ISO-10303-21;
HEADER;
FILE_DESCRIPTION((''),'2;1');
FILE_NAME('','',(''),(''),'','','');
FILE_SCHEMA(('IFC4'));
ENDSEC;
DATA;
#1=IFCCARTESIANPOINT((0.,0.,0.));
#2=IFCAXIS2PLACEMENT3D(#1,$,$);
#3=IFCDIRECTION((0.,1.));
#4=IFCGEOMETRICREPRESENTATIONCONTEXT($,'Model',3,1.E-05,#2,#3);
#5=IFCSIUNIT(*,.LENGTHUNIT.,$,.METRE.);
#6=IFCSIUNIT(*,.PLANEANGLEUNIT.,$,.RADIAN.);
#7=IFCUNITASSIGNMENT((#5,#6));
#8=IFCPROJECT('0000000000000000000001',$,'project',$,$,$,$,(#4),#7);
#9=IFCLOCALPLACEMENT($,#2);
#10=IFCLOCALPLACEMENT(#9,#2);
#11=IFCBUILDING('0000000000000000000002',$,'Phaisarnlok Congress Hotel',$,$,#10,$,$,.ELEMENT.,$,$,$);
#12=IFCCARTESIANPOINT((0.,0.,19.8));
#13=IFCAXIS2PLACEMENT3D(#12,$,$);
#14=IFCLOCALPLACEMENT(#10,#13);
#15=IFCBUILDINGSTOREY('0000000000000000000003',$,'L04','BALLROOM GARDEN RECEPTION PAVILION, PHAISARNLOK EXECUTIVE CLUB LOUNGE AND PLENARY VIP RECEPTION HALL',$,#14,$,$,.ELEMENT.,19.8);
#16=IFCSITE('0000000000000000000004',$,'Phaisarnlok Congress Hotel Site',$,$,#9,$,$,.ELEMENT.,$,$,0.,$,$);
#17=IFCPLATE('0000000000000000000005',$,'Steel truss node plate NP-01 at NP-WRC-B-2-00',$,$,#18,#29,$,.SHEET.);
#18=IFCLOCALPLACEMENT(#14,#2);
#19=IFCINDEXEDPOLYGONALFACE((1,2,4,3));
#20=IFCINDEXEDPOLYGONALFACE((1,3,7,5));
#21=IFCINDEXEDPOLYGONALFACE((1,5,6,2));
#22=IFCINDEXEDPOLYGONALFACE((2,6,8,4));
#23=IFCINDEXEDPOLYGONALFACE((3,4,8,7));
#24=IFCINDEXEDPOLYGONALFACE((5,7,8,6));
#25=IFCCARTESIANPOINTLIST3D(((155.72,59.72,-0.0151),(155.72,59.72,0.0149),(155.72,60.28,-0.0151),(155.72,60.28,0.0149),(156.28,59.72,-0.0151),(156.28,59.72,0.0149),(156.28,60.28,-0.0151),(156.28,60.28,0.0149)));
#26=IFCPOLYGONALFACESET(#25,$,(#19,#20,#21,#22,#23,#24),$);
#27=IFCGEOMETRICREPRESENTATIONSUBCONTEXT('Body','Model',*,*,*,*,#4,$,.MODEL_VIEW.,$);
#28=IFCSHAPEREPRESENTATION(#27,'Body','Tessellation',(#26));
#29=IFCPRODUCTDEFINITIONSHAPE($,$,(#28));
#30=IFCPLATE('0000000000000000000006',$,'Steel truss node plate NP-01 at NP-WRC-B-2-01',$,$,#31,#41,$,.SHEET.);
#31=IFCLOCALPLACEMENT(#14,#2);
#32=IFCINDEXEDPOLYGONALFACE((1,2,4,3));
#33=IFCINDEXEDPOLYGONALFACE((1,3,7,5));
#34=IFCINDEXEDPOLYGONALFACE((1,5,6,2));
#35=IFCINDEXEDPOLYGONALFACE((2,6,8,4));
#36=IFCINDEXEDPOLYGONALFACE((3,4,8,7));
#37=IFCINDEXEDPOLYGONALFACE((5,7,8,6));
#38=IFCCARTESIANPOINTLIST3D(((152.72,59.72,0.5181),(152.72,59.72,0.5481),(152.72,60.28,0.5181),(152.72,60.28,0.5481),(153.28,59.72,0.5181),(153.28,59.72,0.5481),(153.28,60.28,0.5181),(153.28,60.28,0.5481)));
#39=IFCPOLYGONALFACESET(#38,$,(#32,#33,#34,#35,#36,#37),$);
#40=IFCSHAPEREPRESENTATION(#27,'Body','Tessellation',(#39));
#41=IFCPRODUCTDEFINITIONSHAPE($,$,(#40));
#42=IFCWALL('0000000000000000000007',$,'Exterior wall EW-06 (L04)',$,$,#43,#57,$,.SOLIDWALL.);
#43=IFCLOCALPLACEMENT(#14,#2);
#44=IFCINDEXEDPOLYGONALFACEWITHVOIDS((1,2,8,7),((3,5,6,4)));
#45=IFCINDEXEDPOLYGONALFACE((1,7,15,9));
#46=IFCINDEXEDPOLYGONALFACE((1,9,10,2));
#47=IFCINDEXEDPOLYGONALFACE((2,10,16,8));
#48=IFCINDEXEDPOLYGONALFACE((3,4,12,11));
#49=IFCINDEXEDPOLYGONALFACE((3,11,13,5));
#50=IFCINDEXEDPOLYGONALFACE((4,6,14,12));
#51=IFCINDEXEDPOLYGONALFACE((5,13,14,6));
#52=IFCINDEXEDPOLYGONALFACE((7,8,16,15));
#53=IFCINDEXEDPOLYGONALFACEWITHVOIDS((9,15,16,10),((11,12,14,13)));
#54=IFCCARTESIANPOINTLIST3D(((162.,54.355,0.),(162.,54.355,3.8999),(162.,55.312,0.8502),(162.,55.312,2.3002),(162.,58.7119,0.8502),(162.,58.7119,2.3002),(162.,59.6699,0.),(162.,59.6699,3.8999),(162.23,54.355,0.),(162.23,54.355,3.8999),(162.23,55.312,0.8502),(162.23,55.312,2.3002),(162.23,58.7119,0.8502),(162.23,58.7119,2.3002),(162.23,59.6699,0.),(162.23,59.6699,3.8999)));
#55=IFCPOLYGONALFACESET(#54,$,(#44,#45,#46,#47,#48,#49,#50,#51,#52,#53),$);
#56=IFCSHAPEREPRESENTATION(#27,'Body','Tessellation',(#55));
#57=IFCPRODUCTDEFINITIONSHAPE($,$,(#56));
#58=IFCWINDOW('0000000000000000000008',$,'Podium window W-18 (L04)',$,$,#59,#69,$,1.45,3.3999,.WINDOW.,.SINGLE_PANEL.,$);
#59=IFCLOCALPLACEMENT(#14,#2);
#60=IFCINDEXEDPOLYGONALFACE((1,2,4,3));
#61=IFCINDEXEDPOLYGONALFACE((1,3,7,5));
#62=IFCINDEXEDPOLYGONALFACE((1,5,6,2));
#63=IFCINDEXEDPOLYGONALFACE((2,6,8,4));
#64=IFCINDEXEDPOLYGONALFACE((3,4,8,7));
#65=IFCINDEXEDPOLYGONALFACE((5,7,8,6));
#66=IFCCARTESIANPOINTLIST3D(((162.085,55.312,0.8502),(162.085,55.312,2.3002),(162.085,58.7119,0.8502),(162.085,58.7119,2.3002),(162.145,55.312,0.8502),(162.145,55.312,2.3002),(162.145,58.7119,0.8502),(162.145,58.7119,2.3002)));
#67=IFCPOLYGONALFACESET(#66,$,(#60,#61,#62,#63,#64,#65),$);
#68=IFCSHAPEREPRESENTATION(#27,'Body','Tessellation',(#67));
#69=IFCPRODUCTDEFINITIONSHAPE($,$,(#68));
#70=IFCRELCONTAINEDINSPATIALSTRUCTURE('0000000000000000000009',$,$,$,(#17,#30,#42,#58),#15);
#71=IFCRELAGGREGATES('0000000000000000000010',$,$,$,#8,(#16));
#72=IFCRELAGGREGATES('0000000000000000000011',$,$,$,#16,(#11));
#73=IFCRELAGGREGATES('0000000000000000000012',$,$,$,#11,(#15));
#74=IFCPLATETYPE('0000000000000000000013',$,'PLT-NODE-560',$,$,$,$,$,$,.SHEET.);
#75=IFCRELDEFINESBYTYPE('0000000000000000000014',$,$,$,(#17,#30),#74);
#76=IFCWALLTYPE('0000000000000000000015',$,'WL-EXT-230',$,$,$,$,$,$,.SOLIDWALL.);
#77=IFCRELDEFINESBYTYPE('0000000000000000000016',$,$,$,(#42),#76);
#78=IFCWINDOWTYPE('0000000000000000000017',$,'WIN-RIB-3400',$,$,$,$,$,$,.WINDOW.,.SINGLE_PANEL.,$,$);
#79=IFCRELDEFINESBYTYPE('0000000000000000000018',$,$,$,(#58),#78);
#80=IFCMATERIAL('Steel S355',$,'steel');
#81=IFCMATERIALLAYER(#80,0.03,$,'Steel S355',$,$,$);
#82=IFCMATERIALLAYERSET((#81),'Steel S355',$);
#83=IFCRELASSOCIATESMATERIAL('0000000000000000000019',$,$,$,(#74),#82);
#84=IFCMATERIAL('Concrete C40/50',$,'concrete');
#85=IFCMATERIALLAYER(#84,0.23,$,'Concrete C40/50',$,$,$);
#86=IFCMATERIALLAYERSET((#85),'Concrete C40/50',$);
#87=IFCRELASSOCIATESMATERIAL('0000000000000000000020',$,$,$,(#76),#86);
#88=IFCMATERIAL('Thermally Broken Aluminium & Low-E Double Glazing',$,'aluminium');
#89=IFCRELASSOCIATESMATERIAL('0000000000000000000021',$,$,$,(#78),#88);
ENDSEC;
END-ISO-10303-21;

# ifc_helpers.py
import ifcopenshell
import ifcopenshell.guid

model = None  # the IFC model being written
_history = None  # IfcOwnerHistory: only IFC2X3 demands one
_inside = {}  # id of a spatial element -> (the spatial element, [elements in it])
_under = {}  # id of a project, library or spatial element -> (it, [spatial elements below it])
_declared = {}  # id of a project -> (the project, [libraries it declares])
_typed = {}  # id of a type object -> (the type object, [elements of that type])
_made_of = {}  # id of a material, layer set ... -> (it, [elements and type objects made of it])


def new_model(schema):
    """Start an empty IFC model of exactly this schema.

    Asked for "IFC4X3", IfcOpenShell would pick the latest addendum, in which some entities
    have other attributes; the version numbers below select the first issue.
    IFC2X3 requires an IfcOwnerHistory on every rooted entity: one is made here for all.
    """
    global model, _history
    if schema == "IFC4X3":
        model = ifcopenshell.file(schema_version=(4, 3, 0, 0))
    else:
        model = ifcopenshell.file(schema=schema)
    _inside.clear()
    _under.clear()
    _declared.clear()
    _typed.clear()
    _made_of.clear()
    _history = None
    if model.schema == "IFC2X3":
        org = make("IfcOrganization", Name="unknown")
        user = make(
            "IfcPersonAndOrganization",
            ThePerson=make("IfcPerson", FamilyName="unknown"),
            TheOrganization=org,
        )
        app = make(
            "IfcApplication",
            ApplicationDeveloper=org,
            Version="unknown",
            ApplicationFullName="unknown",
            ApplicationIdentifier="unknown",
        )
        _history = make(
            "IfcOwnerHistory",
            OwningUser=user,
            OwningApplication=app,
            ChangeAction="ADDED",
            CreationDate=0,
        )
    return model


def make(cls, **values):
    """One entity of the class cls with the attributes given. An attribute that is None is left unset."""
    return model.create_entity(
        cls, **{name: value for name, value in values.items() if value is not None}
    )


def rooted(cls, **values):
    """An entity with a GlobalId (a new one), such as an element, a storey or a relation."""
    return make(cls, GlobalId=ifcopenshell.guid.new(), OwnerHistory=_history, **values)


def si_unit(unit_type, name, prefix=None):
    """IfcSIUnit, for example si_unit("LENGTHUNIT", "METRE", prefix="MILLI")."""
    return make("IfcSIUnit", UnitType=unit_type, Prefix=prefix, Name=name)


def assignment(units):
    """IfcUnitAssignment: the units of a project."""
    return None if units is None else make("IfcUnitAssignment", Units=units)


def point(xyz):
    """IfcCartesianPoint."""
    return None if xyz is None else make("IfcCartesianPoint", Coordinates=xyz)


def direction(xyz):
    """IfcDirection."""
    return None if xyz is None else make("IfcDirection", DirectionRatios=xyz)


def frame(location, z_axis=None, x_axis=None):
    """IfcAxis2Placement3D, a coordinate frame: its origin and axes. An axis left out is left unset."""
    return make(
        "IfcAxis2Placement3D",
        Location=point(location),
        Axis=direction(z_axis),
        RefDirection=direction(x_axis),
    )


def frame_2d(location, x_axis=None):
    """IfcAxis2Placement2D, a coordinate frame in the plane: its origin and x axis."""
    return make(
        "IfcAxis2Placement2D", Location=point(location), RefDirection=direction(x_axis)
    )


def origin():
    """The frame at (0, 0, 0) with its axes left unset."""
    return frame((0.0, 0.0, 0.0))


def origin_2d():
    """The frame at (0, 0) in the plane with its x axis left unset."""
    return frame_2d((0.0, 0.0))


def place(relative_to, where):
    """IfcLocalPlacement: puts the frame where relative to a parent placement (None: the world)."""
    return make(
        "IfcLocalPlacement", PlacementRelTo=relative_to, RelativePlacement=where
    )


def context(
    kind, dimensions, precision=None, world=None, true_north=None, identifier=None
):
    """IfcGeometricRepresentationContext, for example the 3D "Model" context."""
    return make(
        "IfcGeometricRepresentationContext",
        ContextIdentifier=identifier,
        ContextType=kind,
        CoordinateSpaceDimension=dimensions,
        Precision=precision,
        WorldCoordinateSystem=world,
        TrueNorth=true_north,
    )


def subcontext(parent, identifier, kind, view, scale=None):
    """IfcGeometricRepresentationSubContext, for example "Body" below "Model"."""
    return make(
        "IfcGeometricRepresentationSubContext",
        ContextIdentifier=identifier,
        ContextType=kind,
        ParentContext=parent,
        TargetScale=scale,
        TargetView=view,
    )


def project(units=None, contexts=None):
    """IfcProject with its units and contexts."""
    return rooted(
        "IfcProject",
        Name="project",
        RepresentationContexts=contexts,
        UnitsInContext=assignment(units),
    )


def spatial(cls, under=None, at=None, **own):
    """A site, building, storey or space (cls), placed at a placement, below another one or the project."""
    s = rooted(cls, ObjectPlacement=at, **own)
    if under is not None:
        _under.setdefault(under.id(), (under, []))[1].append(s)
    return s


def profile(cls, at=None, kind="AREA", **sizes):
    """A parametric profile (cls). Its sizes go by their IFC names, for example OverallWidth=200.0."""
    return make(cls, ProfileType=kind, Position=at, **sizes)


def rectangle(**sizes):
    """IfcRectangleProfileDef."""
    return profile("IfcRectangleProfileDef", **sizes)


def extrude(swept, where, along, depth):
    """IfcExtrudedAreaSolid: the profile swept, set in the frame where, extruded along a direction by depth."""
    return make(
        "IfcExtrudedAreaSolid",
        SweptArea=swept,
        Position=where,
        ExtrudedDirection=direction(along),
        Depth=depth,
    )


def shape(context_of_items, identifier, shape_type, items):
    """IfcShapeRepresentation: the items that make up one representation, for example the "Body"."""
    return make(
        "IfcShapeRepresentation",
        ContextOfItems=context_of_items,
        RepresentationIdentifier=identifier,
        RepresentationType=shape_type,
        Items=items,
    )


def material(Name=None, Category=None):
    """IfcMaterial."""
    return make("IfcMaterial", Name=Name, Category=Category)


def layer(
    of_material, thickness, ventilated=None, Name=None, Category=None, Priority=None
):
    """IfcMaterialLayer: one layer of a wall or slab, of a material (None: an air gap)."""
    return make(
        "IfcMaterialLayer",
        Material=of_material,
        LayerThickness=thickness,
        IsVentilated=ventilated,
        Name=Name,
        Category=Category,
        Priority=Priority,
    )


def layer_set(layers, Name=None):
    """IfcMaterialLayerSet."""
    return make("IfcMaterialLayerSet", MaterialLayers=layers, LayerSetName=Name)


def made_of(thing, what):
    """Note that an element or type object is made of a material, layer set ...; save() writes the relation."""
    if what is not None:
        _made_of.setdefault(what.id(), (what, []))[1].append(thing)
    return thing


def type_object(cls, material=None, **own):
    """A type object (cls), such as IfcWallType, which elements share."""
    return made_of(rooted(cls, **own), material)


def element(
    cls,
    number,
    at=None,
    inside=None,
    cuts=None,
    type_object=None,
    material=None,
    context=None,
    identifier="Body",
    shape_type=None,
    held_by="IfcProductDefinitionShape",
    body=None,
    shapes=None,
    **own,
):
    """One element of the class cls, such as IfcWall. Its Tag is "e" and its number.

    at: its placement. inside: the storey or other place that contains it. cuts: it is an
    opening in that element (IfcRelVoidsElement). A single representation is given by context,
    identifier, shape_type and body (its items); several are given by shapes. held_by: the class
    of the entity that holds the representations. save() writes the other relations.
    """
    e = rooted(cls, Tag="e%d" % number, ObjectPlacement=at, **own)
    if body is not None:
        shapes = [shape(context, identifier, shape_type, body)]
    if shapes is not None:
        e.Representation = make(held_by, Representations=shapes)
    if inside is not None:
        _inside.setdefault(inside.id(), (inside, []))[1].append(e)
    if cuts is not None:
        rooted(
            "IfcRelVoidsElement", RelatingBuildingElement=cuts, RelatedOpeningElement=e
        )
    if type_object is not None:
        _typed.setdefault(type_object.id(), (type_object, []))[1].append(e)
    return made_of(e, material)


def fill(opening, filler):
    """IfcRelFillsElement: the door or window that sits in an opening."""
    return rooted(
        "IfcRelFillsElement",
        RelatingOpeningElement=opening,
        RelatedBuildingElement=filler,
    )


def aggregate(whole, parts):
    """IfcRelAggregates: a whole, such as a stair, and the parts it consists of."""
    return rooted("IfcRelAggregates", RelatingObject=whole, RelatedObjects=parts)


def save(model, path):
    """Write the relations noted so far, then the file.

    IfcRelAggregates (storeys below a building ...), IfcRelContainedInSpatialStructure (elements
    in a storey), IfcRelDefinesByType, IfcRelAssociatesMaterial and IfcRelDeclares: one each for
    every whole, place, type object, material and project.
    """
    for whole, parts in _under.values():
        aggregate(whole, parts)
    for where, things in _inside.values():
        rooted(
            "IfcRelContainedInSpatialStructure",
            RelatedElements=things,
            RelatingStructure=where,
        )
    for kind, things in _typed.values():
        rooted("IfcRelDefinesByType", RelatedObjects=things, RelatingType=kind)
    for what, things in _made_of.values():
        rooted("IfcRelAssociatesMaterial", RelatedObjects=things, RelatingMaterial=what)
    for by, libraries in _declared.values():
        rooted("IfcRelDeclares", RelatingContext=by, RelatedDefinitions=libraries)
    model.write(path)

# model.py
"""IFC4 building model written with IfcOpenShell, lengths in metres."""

from ifc_helpers import new_model, si_unit, direction, frame, frame_2d, origin, origin_2d, place, context, subcontext, project, spatial, rectangle, extrude, material, layer, layer_set, type_object, element, fill, save


model = new_model("IFC4")

# Units and contexts
model_context = context("Model", 3, precision=1e-05, world=origin(), true_north=direction((0.0, 1.0)))
body_context = subcontext(model_context, "Body", "Model", "MODEL_VIEW")
ifc_project = project(units=[si_unit("LENGTHUNIT", "METRE"), si_unit("PLANEANGLEUNIT", "RADIAN")], contexts=[model_context])

# Site, building, storey
site_placement = place(None, origin())
site = spatial("IfcSite", under=ifc_project, at=site_placement, Name="Phaisarnlok Congress Hotel Site", CompositionType="ELEMENT", RefElevation=0.0)
building_placement = place(site_placement, origin())
building = spatial("IfcBuilding", under=site, at=building_placement, Name="Phaisarnlok Congress Hotel", CompositionType="ELEMENT")
storey_placement = place(building_placement, frame((0.0, 0.0, 19.8)))
storey = spatial("IfcBuildingStorey", under=building, at=storey_placement, Name="L04", Description="BALLROOM GARDEN RECEPTION PAVILION, PHAISARNLOK EXECUTIVE CLUB LOUNGE AND PLENARY VIP RECEPTION HALL", CompositionType="ELEMENT", Elevation=19.8)

# Shared definitions
ifc_material_1 = material(Name="Concrete C40/50", Category="concrete")

# Shared definitions
ifc_material_2 = material(Name="Steel S355", Category="steel")

# Plates
ifc_layer_1 = layer(ifc_material_2, 0.03, Name="Steel S355")
ifc_layer_set_1 = layer_set([ifc_layer_1], Name="Steel S355")
plate_type_1 = type_object("IfcPlateType", Name="PLT-NODE-560", PredefinedType="SHEET", material=ifc_layer_set_1)
for number, where, z_axis, x_axis, name in (
    (1, (156.0, 60.0, -0.0151), (0.0, 0.0, 1.0), (1.0, 0.0, 0.0), "Steel truss node plate NP-01 at NP-WRC-B-2-00"),
    (2, (153.0, 60.0, 0.5181), (0.0, 0.0, 1.0), (1.0, 0.0, 0.0), "Steel truss node plate NP-01 at NP-WRC-B-2-01"),
):
    element("IfcPlate", number, at=place(storey_placement, frame(where, z_axis=z_axis, x_axis=x_axis)), inside=storey, type_object=plate_type_1, Name=name, PredefinedType="SHEET", context=body_context, shape_type="SweptSolid", body=[
        extrude(rectangle(XDim=0.5601, YDim=0.5601, at=origin_2d()), origin(), (0.0, 0.0, 1.0), 0.03),
    ])

# Wall, opening, window
ifc_layer_2 = layer(ifc_material_1, 0.23, Name="Concrete C40/50")
ifc_layer_set_2 = layer_set([ifc_layer_2], Name="Concrete C40/50")
wall_type = type_object("IfcWallType", Name="WL-EXT-230", PredefinedType="SOLIDWALL", material=ifc_layer_set_2)
wall_placement = place(storey_placement, frame((162.115, 59.6699, 0.0), z_axis=(0.0, 0.0, 1.0), x_axis=(0.0, -1.0, 0.0)))
wall = element("IfcWall", 3, at=wall_placement, inside=storey, type_object=wall_type, Name="Exterior wall EW-06 (L04)", PredefinedType="SOLIDWALL", context=body_context, shape_type="SweptSolid", body=[
    extrude(rectangle(XDim=5.3149, YDim=0.23, at=frame_2d((2.6575, 0.0))), origin(), (0.0, 0.0, 1.0), 3.8999),
])
opening_placement = place(wall_placement, frame((0.958, 0.0, 0.8501)))
opening = element("IfcOpeningElement", 4, at=opening_placement, cuts=wall, PredefinedType="OPENING", context=body_context, shape_type="SweptSolid", body=[
    extrude(rectangle(XDim=3.3999, YDim=1.45, at=frame_2d((1.7, 0.7251))), frame((0.0, 0.125, 0.0), z_axis=(0.0, -1.0, 0.0), x_axis=(1.0, 0.0, 0.0)), (0.0, 0.0, 1.0), 0.25),
])
ifc_material_3 = material(Name="Thermally Broken Aluminium & Low-E Double Glazing", Category="aluminium")
window_type = type_object("IfcWindowType", Name="WIN-RIB-3400", PartitioningType="SINGLE_PANEL", PredefinedType="WINDOW", material=ifc_material_3)
window_placement = place(opening_placement, origin())
window = element("IfcWindow", 5, at=window_placement, inside=storey, type_object=window_type, Name="Podium window W-18 (L04)", OverallHeight=1.45, OverallWidth=3.3999, PartitioningType="SINGLE_PANEL", PredefinedType="WINDOW", context=body_context, shape_type="SweptSolid", body=[
    extrude(rectangle(XDim=3.3999, YDim=1.45, at=frame_2d((1.7, 0.7251))), frame((0.0, 0.03, 0.0), z_axis=(0.0, -1.0, 0.0), x_axis=(1.0, 0.0, 0.0)), (0.0, 0.0, 1.0), 0.0601),
])
fill(opening, window)

save(model, "model.ifc")
